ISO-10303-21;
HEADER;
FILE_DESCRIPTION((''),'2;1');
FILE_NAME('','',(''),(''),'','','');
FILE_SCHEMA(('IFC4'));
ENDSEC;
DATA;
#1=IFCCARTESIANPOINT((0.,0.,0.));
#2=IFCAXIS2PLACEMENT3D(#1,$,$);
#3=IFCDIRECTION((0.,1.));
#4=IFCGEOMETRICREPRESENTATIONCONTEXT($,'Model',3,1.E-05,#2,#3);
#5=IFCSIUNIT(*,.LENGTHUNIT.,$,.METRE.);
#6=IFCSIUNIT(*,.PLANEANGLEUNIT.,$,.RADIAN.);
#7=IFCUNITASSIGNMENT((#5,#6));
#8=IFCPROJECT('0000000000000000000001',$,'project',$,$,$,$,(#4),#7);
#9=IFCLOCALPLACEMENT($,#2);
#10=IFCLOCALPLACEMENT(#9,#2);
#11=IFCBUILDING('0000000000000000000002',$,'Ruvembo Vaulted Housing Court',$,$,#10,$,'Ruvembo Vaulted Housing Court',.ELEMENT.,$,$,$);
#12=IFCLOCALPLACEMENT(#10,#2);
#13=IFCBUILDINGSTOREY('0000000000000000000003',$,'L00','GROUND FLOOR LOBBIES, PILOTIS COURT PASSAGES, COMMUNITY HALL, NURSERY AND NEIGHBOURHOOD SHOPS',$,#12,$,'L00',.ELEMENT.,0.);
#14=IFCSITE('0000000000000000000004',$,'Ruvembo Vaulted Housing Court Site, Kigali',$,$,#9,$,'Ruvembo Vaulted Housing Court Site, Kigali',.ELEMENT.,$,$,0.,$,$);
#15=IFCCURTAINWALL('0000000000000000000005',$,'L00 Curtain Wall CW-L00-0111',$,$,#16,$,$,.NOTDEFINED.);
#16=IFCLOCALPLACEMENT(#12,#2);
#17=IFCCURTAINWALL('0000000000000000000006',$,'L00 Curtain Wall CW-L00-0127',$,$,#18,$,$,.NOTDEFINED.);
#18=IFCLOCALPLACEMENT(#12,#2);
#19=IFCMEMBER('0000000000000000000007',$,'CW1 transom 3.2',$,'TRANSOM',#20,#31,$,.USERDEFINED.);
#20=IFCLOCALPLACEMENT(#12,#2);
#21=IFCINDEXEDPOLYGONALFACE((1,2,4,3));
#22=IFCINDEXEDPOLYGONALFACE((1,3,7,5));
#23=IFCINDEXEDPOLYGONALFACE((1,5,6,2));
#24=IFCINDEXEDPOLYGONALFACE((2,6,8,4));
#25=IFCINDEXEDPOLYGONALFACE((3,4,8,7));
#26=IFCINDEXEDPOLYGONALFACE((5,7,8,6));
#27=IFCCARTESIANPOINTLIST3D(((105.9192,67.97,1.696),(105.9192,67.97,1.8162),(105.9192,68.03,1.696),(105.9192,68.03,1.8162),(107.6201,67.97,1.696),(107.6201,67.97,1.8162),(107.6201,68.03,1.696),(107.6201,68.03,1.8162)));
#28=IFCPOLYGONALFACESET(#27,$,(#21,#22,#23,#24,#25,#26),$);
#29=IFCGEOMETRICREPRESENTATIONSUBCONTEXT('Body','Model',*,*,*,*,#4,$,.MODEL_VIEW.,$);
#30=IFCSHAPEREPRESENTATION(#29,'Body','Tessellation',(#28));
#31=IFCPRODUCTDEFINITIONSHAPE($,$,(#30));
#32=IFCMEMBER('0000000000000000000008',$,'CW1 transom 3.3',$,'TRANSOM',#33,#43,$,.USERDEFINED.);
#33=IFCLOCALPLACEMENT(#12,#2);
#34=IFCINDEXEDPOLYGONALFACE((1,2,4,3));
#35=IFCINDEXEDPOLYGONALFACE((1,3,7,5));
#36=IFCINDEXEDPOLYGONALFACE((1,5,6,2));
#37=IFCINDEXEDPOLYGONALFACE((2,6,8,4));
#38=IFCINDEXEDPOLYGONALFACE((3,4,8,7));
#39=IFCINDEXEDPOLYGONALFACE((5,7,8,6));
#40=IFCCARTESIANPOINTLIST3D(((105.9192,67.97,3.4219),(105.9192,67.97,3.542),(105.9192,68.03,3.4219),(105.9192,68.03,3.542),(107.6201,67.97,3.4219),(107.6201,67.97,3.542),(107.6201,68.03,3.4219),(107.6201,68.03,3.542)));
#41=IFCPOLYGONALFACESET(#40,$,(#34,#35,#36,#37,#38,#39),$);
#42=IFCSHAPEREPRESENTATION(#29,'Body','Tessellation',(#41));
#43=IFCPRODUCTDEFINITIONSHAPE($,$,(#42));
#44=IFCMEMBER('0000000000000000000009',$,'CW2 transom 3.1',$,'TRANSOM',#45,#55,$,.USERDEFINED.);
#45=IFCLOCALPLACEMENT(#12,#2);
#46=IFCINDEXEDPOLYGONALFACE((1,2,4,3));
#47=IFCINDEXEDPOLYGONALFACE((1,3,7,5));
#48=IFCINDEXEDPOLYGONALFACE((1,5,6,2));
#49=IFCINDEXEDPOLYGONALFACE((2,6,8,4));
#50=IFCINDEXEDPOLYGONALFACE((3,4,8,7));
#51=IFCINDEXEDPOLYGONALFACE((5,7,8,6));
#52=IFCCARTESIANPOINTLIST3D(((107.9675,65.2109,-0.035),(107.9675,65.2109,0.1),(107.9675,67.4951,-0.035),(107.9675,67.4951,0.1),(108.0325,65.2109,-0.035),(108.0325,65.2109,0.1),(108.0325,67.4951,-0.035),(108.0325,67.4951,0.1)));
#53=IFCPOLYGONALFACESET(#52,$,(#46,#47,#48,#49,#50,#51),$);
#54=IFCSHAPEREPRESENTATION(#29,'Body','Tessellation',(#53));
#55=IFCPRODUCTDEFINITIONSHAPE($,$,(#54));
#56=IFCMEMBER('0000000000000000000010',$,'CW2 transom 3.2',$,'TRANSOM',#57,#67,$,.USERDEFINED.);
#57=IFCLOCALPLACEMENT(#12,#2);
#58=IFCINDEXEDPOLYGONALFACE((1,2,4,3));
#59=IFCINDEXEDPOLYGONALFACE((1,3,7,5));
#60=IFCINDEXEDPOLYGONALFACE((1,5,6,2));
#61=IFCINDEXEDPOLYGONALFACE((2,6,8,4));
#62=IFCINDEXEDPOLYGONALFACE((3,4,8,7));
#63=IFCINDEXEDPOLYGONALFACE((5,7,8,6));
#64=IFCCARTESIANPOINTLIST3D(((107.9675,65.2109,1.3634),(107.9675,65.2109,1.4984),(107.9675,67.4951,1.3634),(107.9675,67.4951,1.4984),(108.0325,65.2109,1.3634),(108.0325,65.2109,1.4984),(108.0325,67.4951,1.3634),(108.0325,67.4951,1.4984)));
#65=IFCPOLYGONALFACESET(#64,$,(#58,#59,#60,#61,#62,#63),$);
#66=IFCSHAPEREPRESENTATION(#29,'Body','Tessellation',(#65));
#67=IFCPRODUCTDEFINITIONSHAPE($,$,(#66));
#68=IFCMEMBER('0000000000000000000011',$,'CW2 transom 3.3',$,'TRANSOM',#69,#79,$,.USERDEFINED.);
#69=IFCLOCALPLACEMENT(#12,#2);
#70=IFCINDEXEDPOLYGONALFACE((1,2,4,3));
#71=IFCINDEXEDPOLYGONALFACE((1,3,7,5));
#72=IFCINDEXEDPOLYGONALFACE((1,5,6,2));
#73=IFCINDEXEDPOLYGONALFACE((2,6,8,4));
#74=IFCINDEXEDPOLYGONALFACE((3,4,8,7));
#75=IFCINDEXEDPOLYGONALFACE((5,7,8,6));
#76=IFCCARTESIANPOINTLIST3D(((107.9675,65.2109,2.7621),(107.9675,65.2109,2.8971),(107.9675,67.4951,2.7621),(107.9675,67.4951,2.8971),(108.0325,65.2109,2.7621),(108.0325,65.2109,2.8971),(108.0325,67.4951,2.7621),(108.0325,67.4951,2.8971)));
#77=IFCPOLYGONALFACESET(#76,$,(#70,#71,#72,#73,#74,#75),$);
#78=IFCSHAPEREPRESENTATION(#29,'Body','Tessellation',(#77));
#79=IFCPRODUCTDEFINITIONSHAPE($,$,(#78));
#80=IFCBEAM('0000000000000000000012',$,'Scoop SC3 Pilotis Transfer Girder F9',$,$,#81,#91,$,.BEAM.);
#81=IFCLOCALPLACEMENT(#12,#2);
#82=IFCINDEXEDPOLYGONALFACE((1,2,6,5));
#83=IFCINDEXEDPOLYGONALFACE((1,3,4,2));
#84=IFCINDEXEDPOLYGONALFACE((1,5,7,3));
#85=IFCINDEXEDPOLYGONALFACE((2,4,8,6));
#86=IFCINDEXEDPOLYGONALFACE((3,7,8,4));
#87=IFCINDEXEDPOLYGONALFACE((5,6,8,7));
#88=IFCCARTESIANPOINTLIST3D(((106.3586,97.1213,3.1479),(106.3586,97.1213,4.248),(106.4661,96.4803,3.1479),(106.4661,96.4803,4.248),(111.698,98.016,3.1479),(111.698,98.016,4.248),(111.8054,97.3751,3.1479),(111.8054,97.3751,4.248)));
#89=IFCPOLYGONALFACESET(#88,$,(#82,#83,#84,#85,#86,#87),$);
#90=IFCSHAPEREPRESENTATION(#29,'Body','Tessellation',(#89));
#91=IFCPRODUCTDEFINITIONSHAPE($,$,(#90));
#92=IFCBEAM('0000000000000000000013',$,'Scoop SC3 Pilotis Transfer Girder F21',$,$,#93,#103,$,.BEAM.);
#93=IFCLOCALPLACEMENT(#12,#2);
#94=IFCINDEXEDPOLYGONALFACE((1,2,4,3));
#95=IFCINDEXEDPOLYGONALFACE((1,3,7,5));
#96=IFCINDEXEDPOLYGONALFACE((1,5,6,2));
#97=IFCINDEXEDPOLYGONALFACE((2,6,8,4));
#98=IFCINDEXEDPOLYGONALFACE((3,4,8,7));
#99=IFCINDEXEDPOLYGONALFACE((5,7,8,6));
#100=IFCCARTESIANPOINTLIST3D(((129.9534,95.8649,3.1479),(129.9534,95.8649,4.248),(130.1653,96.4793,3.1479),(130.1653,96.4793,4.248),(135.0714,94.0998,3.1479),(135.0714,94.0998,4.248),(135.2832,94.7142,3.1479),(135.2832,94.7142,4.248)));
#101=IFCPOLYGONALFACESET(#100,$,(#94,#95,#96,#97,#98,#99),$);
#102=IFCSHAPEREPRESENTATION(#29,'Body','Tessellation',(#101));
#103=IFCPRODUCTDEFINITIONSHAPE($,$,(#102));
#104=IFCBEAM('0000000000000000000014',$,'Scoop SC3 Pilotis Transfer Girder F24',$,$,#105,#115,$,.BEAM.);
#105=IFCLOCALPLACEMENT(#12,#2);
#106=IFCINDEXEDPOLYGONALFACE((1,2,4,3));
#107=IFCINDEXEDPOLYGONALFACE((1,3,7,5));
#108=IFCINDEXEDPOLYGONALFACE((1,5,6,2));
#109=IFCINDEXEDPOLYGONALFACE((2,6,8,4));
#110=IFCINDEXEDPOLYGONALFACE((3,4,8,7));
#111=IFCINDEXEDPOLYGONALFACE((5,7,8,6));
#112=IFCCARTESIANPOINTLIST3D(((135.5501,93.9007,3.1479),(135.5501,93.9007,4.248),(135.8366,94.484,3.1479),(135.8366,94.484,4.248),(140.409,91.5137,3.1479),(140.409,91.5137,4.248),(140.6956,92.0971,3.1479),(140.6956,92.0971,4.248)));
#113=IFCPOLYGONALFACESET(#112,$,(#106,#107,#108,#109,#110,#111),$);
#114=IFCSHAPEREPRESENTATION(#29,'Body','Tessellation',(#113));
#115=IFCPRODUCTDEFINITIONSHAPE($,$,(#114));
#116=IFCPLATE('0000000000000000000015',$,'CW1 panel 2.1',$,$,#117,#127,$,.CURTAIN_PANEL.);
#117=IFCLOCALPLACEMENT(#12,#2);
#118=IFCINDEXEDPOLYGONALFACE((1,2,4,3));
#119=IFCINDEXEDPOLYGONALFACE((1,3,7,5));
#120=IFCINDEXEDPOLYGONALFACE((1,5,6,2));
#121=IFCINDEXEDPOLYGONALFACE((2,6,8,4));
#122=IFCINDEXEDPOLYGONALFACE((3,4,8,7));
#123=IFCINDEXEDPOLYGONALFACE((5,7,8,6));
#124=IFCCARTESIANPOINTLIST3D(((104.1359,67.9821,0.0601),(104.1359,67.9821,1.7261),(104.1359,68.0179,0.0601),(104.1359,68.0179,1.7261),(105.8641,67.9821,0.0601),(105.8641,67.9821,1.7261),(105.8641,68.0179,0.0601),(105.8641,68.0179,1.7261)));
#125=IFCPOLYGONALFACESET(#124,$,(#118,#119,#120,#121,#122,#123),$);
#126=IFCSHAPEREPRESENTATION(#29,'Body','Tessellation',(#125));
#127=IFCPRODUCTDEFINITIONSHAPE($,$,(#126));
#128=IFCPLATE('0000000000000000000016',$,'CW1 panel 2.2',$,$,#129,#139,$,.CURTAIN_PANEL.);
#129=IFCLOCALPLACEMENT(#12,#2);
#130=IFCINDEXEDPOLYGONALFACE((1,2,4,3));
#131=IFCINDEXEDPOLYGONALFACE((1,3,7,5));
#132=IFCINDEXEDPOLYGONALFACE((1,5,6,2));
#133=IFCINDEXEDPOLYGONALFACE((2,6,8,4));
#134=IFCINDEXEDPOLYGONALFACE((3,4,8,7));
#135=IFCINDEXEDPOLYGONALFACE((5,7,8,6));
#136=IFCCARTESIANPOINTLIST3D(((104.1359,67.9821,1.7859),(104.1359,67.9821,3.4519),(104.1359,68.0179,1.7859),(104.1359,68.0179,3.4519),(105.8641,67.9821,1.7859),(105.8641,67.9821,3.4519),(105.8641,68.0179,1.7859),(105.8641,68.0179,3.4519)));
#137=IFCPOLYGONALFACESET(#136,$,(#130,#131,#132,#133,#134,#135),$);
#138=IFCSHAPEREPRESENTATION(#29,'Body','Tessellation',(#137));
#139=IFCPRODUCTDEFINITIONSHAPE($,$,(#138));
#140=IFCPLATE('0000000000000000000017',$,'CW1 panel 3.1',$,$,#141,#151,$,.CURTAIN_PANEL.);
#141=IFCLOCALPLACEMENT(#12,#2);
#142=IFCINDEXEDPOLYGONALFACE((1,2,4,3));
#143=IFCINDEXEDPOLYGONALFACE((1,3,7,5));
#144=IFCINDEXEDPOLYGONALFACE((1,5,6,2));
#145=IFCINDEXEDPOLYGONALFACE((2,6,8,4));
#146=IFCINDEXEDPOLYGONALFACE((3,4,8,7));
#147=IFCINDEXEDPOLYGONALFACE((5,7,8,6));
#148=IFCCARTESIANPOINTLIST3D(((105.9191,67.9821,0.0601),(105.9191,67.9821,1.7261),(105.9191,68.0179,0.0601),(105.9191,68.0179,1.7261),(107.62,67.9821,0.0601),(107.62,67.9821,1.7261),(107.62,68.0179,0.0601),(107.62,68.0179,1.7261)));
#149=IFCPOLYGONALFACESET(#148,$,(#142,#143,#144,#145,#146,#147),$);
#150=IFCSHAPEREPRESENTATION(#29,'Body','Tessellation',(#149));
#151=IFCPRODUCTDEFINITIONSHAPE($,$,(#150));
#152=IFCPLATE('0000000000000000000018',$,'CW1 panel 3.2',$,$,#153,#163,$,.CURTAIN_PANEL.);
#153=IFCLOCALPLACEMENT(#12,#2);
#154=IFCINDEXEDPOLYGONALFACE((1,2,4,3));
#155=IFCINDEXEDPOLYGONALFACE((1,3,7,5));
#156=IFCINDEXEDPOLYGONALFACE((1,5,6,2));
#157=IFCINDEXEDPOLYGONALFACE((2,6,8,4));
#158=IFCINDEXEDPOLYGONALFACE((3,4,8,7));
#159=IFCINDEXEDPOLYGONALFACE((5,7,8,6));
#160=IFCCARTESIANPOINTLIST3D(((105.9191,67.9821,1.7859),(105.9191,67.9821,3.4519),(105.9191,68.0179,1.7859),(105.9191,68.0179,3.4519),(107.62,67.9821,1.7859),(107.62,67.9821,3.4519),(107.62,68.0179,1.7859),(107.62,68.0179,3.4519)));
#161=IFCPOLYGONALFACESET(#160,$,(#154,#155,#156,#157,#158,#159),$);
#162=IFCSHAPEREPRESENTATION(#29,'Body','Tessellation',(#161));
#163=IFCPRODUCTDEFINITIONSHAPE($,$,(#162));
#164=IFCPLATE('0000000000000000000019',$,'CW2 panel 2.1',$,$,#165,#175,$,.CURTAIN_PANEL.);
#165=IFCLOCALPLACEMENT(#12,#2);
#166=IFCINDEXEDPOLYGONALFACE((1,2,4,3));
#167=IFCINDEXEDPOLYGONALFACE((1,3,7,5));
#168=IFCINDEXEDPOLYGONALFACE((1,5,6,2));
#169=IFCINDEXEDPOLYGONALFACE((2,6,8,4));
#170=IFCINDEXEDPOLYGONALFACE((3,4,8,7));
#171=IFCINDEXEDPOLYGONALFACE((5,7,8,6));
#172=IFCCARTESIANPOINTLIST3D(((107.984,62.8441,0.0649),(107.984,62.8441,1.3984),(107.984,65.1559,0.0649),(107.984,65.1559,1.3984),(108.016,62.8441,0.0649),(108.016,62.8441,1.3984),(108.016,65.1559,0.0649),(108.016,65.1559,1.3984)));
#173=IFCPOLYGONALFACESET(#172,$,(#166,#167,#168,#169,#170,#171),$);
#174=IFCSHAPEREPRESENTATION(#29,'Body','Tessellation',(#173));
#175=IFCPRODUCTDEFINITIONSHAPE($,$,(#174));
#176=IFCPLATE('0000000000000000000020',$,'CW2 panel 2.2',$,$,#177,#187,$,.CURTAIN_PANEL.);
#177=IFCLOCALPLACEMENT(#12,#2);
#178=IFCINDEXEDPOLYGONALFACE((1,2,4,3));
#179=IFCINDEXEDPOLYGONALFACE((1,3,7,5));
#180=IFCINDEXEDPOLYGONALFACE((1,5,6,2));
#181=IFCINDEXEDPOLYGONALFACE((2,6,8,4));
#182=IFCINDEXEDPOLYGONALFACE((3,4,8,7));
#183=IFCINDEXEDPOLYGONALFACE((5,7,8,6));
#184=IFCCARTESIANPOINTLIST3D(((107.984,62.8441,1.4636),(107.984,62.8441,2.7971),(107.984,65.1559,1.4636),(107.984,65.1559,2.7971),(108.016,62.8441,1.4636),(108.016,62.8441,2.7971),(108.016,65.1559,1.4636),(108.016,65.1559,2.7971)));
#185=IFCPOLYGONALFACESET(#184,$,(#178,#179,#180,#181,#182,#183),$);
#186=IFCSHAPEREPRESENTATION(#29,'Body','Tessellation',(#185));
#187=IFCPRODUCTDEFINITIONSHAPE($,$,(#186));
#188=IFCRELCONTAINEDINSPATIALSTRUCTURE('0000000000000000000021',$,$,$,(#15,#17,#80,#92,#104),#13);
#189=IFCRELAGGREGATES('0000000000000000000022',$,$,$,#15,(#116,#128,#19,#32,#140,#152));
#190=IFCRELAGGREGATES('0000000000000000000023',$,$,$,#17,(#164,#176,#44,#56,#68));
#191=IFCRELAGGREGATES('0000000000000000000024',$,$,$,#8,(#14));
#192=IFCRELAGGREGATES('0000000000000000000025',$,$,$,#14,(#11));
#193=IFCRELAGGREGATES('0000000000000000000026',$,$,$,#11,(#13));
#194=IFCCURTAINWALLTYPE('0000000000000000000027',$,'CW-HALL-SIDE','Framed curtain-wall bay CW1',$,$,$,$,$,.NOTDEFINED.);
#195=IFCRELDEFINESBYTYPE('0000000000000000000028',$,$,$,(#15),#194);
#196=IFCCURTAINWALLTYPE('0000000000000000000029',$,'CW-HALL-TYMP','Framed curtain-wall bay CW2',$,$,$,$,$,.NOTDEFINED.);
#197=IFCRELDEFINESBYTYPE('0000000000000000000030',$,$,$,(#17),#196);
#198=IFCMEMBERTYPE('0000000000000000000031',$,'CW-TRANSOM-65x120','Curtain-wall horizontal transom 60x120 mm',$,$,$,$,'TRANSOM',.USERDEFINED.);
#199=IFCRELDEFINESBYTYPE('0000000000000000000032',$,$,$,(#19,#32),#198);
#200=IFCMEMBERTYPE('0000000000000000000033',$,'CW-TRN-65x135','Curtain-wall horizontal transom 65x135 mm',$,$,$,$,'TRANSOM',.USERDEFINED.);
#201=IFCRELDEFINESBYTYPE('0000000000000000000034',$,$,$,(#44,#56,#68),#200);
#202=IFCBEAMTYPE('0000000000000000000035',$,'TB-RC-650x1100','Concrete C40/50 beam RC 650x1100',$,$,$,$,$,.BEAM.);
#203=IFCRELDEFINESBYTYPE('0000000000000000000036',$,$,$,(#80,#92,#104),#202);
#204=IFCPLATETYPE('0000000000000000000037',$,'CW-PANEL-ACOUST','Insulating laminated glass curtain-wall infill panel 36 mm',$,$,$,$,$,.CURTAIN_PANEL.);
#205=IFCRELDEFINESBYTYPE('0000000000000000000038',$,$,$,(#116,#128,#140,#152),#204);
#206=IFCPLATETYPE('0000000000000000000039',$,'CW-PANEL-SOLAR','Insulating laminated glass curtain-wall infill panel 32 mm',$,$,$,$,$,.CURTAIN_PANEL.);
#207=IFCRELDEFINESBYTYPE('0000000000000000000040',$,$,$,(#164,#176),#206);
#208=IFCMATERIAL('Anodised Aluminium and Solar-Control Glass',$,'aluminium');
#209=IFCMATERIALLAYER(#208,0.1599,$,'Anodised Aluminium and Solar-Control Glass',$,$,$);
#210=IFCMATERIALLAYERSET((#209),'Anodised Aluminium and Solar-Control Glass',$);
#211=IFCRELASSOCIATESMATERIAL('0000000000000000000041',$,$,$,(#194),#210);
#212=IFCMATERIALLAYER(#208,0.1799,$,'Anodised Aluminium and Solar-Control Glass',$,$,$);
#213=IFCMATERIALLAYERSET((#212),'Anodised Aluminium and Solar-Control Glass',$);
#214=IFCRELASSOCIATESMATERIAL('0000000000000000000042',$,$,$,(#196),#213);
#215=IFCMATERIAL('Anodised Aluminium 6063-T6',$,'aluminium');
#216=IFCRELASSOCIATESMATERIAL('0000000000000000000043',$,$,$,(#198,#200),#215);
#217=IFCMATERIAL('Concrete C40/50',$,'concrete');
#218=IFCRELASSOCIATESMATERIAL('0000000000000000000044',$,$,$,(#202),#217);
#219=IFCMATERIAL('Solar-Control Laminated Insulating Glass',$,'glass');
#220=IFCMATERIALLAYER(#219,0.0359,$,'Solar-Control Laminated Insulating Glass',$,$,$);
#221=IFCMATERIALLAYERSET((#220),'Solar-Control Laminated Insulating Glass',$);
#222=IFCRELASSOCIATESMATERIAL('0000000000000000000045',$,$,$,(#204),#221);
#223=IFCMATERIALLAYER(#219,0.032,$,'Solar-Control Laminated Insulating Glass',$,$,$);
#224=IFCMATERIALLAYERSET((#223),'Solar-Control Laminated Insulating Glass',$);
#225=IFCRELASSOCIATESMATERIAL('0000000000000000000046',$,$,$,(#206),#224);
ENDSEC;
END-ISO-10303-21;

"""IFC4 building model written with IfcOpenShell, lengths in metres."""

from ifc_helpers import new_model, si_unit, direction, frame, origin, origin_2d, place, context, subcontext, project, spatial, rectangle, extrude, material, layer, layer_set, material_profile, profile_set, type_object, element, aggregate, save


model = new_model("IFC4")

# Units and contexts
model_context = context("Model", 3, precision=1e-05, world=origin(), true_north=direction((0.0, 1.0)))
body_context = subcontext(model_context, "Body", "Model", "MODEL_VIEW")
ifc_project = project(units=[si_unit("LENGTHUNIT", "METRE"), si_unit("PLANEANGLEUNIT", "RADIAN")], contexts=[model_context])

# Site, building, storey
site_placement = place(None, origin())
site = spatial("IfcSite", under=ifc_project, at=site_placement, Name="Ruvembo Vaulted Housing Court Site, Kigali", LongName="Ruvembo Vaulted Housing Court Site, Kigali", CompositionType="ELEMENT", RefElevation=0.0)
building_placement = place(site_placement, origin())
building = spatial("IfcBuilding", under=site, at=building_placement, Name="Ruvembo Vaulted Housing Court", LongName="Ruvembo Vaulted Housing Court", CompositionType="ELEMENT")
storey_placement = place(building_placement, origin())
storey = spatial("IfcBuildingStorey", under=building, at=storey_placement, Name="L00", Description="GROUND FLOOR LOBBIES, PILOTIS COURT PASSAGES, COMMUNITY HALL, NURSERY AND NEIGHBOURHOOD SHOPS", LongName="L00", CompositionType="ELEMENT", Elevation=0.0)

# Shared definitions
ifc_material_1 = material(Name="Concrete C40/50", Category="concrete")

# Curtain walls
ifc_material_2 = material(Name="Anodised Aluminium and Solar-Control Glass", Category="aluminium")
ifc_layer_1 = layer(ifc_material_2, 0.1599, Name="Anodised Aluminium and Solar-Control Glass")
ifc_layer_set_1 = layer_set([ifc_layer_1], Name="Anodised Aluminium and Solar-Control Glass")
curtain_wall_type_1 = type_object("IfcCurtainWallType", Name="CW-HALL-SIDE", Description="Framed curtain-wall bay CW1", PredefinedType="NOTDEFINED", material=ifc_layer_set_1)
curtain_wall_1_placement = place(storey_placement, origin())
curtain_wall_1 = element("IfcCurtainWall", 1, at=curtain_wall_1_placement, inside=storey, type_object=curtain_wall_type_1, Name="L00 Curtain Wall CW-L00-0111", PredefinedType="NOTDEFINED")
ifc_material_3 = material(Name="Anodised Aluminium 6063-T6", Category="aluminium")
ifc_layer_2 = layer(ifc_material_2, 0.1799, Name="Anodised Aluminium and Solar-Control Glass")
ifc_layer_set_2 = layer_set([ifc_layer_2], Name="Anodised Aluminium and Solar-Control Glass")
curtain_wall_type_2 = type_object("IfcCurtainWallType", Name="CW-HALL-TYMP", Description="Framed curtain-wall bay CW2", PredefinedType="NOTDEFINED", material=ifc_layer_set_2)
curtain_wall_2_placement = place(storey_placement, origin())
curtain_wall_2 = element("IfcCurtainWall", 2, at=curtain_wall_2_placement, inside=storey, type_object=curtain_wall_type_2, Name="L00 Curtain Wall CW-L00-0127", PredefinedType="NOTDEFINED")

# Members
ifc_material_profile_1 = material_profile(ifc_material_3, rectangle(XDim=0.0601, YDim=0.1201, at=origin_2d()), Name="ALU 60x120")
ifc_profile_set_1 = profile_set([ifc_material_profile_1], Name="Anodised Aluminium 6063-T6")
member_type_1 = type_object("IfcMemberType", Name="CW-TRANSOM-65x120", Description="Curtain-wall horizontal transom 60x120 mm", ElementType="TRANSOM", PredefinedType="USERDEFINED", material=ifc_profile_set_1)
member_1_placement = place(storey_placement, frame((105.9192, 68.0, 1.7561), z_axis=(1.0, 0.0, 0.0), x_axis=(0.0, 1.0, 0.0)))
member_1 = element("IfcMember", 3, at=member_1_placement, type_object=member_type_1, Name="CW1 transom 3.2", ObjectType="TRANSOM", PredefinedType="USERDEFINED", context=body_context, shape_type="SweptSolid", body=[
    extrude(rectangle(XDim=0.0601, YDim=0.1201, at=origin_2d()), origin(), (0.0, 0.0, 1.0), 1.7009),
])
member_2_placement = place(storey_placement, frame((105.9192, 68.0, 3.4819), z_axis=(1.0, 0.0, 0.0), x_axis=(0.0, 1.0, 0.0)))
member_2 = element("IfcMember", 4, at=member_2_placement, type_object=member_type_1, Name="CW1 transom 3.3", ObjectType="TRANSOM", PredefinedType="USERDEFINED", context=body_context, shape_type="SweptSolid", body=[
    extrude(rectangle(XDim=0.0601, YDim=0.1201, at=origin_2d()), origin(), (0.0, 0.0, 1.0), 1.7009),
])
ifc_material_profile_2 = material_profile(ifc_material_3, rectangle(XDim=0.0649, YDim=0.135, at=origin_2d()), Name="ALU 65x135")
ifc_profile_set_2 = profile_set([ifc_material_profile_2], Name="Anodised Aluminium 6063-T6")
member_type_2 = type_object("IfcMemberType", Name="CW-TRN-65x135", Description="Curtain-wall horizontal transom 65x135 mm", ElementType="TRANSOM", PredefinedType="USERDEFINED", material=ifc_profile_set_2)
member_3_placement = place(storey_placement, frame((108.0, 65.2109, 0.0325), z_axis=(0.0, 1.0, 0.0), x_axis=(-1.0, 0.0, 0.0)))
member_3 = element("IfcMember", 5, at=member_3_placement, type_object=member_type_2, Name="CW2 transom 3.1", ObjectType="TRANSOM", PredefinedType="USERDEFINED", context=body_context, shape_type="SweptSolid", body=[
    extrude(rectangle(XDim=0.0649, YDim=0.135, at=origin_2d()), origin(), (0.0, 0.0, 1.0), 2.2842),
])
member_4_placement = place(storey_placement, frame((108.0, 65.2109, 1.4309), z_axis=(0.0, 1.0, 0.0), x_axis=(-1.0, 0.0, 0.0)))
member_4 = element("IfcMember", 6, at=member_4_placement, type_object=member_type_2, Name="CW2 transom 3.2", ObjectType="TRANSOM", PredefinedType="USERDEFINED", context=body_context, shape_type="SweptSolid", body=[
    extrude(rectangle(XDim=0.0649, YDim=0.135, at=origin_2d()), origin(), (0.0, 0.0, 1.0), 2.2842),
])
member_5_placement = place(storey_placement, frame((108.0, 65.2109, 2.8296), z_axis=(0.0, 1.0, 0.0), x_axis=(-1.0, 0.0, 0.0)))
member_5 = element("IfcMember", 7, at=member_5_placement, type_object=member_type_2, Name="CW2 transom 3.3", ObjectType="TRANSOM", PredefinedType="USERDEFINED", context=body_context, shape_type="SweptSolid", body=[
    extrude(rectangle(XDim=0.0649, YDim=0.135, at=origin_2d()), origin(), (0.0, 0.0, 1.0), 2.2842),
])

# Beams
ifc_material_profile_3 = material_profile(ifc_material_1, rectangle(XDim=0.6499, YDim=1.1001, at=origin_2d()), Name="RC 650x1100")
ifc_profile_set_3 = profile_set([ifc_material_profile_3], Name="Concrete C40/50")
beam_type_1 = type_object("IfcBeamType", Name="TB-RC-650x1100", Description="Concrete C40/50 beam RC 650x1100", PredefinedType="BEAM", material=ifc_profile_set_3)
for number, where, z_axis, x_axis, name in (
    (8, (106.4124, 96.8008, 3.698), (0.986247, 0.165276, 0.0), (-0.165276, 0.986247, 0.0), "Scoop SC3 Pilotis Transfer Girder F9"),
    (9, (130.0593, 96.1721, 3.698), (0.945354, -0.326046, 0.0), (0.326046, 0.945354, 0.0), "Scoop SC3 Pilotis Transfer Girder F21"),
):
    element("IfcBeam", number, at=place(storey_placement, frame(where, z_axis=z_axis, x_axis=x_axis)), inside=storey, type_object=beam_type_1, Name=name, PredefinedType="BEAM", context=body_context, shape_type="SweptSolid", body=[
        extrude(rectangle(XDim=0.6499, YDim=1.1001, at=origin_2d()), origin(), (0.0, 0.0, 1.0), 5.4138),
    ])
beam_1_placement = place(storey_placement, frame((135.6934, 94.1924, 3.698), z_axis=(0.897544, -0.440925, 0.0), x_axis=(0.440925, 0.897544, 0.0)))
element("IfcBeam", 10, at=beam_1_placement, inside=storey, type_object=beam_type_1, Name="Scoop SC3 Pilotis Transfer Girder F24", PredefinedType="BEAM", context=body_context, shape_type="SweptSolid", body=[
    extrude(rectangle(XDim=0.6499, YDim=1.1001, at=origin_2d()), origin(), (0.0, 0.0, 1.0), 5.4136),
])

# Plates
ifc_material_4 = material(Name="Solar-Control Laminated Insulating Glass", Category="glass")
ifc_layer_3 = layer(ifc_material_4, 0.0359, Name="Solar-Control Laminated Insulating Glass")
ifc_layer_set_3 = layer_set([ifc_layer_3], Name="Solar-Control Laminated Insulating Glass")
plate_type_1 = type_object("IfcPlateType", Name="CW-PANEL-ACOUST", Description="Insulating laminated glass curtain-wall infill panel 36 mm", PredefinedType="CURTAIN_PANEL", material=ifc_layer_set_3)
plate_1_placement = place(storey_placement, frame((105.0, 68.0, 0.0601), z_axis=(0.0, 0.0, 1.0), x_axis=(1.0, 0.0, 0.0)))
plate_1 = element("IfcPlate", 11, at=plate_1_placement, type_object=plate_type_1, Name="CW1 panel 2.1", PredefinedType="CURTAIN_PANEL", context=body_context, shape_type="SweptSolid", body=[
    extrude(rectangle(XDim=1.7283, YDim=0.0359, at=origin_2d()), origin(), (0.0, 0.0, 1.0), 1.666),
])
plate_2_placement = place(storey_placement, frame((105.0, 68.0, 1.7859), z_axis=(0.0, 0.0, 1.0), x_axis=(1.0, 0.0, 0.0)))
plate_2 = element("IfcPlate", 12, at=plate_2_placement, type_object=plate_type_1, Name="CW1 panel 2.2", PredefinedType="CURTAIN_PANEL", context=body_context, shape_type="SweptSolid", body=[
    extrude(rectangle(XDim=1.7283, YDim=0.0359, at=origin_2d()), origin(), (0.0, 0.0, 1.0), 1.666),
])
plate_3_placement = place(storey_placement, frame((106.7695, 68.0, 0.0601), z_axis=(0.0, 0.0, 1.0), x_axis=(1.0, 0.0, 0.0)))
plate_3 = element("IfcPlate", 13, at=plate_3_placement, type_object=plate_type_1, Name="CW1 panel 3.1", PredefinedType="CURTAIN_PANEL", context=body_context, shape_type="SweptSolid", body=[
    extrude(rectangle(XDim=1.7009, YDim=0.0359, at=origin_2d()), origin(), (0.0, 0.0, 1.0), 1.666),
])
plate_4_placement = place(storey_placement, frame((106.7695, 68.0, 1.7859), z_axis=(0.0, 0.0, 1.0), x_axis=(1.0, 0.0, 0.0)))
plate_4 = element("IfcPlate", 14, at=plate_4_placement, type_object=plate_type_1, Name="CW1 panel 3.2", PredefinedType="CURTAIN_PANEL", context=body_context, shape_type="SweptSolid", body=[
    extrude(rectangle(XDim=1.7009, YDim=0.0359, at=origin_2d()), origin(), (0.0, 0.0, 1.0), 1.666),
])
aggregate(curtain_wall_1, [plate_1, plate_2, member_1, member_2, plate_3, plate_4])
ifc_layer_4 = layer(ifc_material_4, 0.032, Name="Solar-Control Laminated Insulating Glass")
ifc_layer_set_4 = layer_set([ifc_layer_4], Name="Solar-Control Laminated Insulating Glass")
plate_type_2 = type_object("IfcPlateType", Name="CW-PANEL-SOLAR", Description="Insulating laminated glass curtain-wall infill panel 32 mm", PredefinedType="CURTAIN_PANEL", material=ifc_layer_set_4)
plate_5_placement = place(storey_placement, frame((108.0, 64.0, 0.0649), z_axis=(0.0, 0.0, 1.0), x_axis=(0.0, 1.0, 0.0)))
plate_5 = element("IfcPlate", 15, at=plate_5_placement, type_object=plate_type_2, Name="CW2 panel 2.1", PredefinedType="CURTAIN_PANEL", context=body_context, shape_type="SweptSolid", body=[
    extrude(rectangle(XDim=2.3118, YDim=0.032, at=origin_2d()), origin(), (0.0, 0.0, 1.0), 1.3335),
])
plate_6_placement = place(storey_placement, frame((108.0, 64.0, 1.4636), z_axis=(0.0, 0.0, 1.0), x_axis=(0.0, 1.0, 0.0)))
plate_6 = element("IfcPlate", 16, at=plate_6_placement, type_object=plate_type_2, Name="CW2 panel 2.2", PredefinedType="CURTAIN_PANEL", context=body_context, shape_type="SweptSolid", body=[
    extrude(rectangle(XDim=2.3118, YDim=0.032, at=origin_2d()), origin(), (0.0, 0.0, 1.0), 1.3335),
])
aggregate(curtain_wall_2, [plate_5, plate_6, member_3, member_4, member_5])

save(model, "model.ifc")
